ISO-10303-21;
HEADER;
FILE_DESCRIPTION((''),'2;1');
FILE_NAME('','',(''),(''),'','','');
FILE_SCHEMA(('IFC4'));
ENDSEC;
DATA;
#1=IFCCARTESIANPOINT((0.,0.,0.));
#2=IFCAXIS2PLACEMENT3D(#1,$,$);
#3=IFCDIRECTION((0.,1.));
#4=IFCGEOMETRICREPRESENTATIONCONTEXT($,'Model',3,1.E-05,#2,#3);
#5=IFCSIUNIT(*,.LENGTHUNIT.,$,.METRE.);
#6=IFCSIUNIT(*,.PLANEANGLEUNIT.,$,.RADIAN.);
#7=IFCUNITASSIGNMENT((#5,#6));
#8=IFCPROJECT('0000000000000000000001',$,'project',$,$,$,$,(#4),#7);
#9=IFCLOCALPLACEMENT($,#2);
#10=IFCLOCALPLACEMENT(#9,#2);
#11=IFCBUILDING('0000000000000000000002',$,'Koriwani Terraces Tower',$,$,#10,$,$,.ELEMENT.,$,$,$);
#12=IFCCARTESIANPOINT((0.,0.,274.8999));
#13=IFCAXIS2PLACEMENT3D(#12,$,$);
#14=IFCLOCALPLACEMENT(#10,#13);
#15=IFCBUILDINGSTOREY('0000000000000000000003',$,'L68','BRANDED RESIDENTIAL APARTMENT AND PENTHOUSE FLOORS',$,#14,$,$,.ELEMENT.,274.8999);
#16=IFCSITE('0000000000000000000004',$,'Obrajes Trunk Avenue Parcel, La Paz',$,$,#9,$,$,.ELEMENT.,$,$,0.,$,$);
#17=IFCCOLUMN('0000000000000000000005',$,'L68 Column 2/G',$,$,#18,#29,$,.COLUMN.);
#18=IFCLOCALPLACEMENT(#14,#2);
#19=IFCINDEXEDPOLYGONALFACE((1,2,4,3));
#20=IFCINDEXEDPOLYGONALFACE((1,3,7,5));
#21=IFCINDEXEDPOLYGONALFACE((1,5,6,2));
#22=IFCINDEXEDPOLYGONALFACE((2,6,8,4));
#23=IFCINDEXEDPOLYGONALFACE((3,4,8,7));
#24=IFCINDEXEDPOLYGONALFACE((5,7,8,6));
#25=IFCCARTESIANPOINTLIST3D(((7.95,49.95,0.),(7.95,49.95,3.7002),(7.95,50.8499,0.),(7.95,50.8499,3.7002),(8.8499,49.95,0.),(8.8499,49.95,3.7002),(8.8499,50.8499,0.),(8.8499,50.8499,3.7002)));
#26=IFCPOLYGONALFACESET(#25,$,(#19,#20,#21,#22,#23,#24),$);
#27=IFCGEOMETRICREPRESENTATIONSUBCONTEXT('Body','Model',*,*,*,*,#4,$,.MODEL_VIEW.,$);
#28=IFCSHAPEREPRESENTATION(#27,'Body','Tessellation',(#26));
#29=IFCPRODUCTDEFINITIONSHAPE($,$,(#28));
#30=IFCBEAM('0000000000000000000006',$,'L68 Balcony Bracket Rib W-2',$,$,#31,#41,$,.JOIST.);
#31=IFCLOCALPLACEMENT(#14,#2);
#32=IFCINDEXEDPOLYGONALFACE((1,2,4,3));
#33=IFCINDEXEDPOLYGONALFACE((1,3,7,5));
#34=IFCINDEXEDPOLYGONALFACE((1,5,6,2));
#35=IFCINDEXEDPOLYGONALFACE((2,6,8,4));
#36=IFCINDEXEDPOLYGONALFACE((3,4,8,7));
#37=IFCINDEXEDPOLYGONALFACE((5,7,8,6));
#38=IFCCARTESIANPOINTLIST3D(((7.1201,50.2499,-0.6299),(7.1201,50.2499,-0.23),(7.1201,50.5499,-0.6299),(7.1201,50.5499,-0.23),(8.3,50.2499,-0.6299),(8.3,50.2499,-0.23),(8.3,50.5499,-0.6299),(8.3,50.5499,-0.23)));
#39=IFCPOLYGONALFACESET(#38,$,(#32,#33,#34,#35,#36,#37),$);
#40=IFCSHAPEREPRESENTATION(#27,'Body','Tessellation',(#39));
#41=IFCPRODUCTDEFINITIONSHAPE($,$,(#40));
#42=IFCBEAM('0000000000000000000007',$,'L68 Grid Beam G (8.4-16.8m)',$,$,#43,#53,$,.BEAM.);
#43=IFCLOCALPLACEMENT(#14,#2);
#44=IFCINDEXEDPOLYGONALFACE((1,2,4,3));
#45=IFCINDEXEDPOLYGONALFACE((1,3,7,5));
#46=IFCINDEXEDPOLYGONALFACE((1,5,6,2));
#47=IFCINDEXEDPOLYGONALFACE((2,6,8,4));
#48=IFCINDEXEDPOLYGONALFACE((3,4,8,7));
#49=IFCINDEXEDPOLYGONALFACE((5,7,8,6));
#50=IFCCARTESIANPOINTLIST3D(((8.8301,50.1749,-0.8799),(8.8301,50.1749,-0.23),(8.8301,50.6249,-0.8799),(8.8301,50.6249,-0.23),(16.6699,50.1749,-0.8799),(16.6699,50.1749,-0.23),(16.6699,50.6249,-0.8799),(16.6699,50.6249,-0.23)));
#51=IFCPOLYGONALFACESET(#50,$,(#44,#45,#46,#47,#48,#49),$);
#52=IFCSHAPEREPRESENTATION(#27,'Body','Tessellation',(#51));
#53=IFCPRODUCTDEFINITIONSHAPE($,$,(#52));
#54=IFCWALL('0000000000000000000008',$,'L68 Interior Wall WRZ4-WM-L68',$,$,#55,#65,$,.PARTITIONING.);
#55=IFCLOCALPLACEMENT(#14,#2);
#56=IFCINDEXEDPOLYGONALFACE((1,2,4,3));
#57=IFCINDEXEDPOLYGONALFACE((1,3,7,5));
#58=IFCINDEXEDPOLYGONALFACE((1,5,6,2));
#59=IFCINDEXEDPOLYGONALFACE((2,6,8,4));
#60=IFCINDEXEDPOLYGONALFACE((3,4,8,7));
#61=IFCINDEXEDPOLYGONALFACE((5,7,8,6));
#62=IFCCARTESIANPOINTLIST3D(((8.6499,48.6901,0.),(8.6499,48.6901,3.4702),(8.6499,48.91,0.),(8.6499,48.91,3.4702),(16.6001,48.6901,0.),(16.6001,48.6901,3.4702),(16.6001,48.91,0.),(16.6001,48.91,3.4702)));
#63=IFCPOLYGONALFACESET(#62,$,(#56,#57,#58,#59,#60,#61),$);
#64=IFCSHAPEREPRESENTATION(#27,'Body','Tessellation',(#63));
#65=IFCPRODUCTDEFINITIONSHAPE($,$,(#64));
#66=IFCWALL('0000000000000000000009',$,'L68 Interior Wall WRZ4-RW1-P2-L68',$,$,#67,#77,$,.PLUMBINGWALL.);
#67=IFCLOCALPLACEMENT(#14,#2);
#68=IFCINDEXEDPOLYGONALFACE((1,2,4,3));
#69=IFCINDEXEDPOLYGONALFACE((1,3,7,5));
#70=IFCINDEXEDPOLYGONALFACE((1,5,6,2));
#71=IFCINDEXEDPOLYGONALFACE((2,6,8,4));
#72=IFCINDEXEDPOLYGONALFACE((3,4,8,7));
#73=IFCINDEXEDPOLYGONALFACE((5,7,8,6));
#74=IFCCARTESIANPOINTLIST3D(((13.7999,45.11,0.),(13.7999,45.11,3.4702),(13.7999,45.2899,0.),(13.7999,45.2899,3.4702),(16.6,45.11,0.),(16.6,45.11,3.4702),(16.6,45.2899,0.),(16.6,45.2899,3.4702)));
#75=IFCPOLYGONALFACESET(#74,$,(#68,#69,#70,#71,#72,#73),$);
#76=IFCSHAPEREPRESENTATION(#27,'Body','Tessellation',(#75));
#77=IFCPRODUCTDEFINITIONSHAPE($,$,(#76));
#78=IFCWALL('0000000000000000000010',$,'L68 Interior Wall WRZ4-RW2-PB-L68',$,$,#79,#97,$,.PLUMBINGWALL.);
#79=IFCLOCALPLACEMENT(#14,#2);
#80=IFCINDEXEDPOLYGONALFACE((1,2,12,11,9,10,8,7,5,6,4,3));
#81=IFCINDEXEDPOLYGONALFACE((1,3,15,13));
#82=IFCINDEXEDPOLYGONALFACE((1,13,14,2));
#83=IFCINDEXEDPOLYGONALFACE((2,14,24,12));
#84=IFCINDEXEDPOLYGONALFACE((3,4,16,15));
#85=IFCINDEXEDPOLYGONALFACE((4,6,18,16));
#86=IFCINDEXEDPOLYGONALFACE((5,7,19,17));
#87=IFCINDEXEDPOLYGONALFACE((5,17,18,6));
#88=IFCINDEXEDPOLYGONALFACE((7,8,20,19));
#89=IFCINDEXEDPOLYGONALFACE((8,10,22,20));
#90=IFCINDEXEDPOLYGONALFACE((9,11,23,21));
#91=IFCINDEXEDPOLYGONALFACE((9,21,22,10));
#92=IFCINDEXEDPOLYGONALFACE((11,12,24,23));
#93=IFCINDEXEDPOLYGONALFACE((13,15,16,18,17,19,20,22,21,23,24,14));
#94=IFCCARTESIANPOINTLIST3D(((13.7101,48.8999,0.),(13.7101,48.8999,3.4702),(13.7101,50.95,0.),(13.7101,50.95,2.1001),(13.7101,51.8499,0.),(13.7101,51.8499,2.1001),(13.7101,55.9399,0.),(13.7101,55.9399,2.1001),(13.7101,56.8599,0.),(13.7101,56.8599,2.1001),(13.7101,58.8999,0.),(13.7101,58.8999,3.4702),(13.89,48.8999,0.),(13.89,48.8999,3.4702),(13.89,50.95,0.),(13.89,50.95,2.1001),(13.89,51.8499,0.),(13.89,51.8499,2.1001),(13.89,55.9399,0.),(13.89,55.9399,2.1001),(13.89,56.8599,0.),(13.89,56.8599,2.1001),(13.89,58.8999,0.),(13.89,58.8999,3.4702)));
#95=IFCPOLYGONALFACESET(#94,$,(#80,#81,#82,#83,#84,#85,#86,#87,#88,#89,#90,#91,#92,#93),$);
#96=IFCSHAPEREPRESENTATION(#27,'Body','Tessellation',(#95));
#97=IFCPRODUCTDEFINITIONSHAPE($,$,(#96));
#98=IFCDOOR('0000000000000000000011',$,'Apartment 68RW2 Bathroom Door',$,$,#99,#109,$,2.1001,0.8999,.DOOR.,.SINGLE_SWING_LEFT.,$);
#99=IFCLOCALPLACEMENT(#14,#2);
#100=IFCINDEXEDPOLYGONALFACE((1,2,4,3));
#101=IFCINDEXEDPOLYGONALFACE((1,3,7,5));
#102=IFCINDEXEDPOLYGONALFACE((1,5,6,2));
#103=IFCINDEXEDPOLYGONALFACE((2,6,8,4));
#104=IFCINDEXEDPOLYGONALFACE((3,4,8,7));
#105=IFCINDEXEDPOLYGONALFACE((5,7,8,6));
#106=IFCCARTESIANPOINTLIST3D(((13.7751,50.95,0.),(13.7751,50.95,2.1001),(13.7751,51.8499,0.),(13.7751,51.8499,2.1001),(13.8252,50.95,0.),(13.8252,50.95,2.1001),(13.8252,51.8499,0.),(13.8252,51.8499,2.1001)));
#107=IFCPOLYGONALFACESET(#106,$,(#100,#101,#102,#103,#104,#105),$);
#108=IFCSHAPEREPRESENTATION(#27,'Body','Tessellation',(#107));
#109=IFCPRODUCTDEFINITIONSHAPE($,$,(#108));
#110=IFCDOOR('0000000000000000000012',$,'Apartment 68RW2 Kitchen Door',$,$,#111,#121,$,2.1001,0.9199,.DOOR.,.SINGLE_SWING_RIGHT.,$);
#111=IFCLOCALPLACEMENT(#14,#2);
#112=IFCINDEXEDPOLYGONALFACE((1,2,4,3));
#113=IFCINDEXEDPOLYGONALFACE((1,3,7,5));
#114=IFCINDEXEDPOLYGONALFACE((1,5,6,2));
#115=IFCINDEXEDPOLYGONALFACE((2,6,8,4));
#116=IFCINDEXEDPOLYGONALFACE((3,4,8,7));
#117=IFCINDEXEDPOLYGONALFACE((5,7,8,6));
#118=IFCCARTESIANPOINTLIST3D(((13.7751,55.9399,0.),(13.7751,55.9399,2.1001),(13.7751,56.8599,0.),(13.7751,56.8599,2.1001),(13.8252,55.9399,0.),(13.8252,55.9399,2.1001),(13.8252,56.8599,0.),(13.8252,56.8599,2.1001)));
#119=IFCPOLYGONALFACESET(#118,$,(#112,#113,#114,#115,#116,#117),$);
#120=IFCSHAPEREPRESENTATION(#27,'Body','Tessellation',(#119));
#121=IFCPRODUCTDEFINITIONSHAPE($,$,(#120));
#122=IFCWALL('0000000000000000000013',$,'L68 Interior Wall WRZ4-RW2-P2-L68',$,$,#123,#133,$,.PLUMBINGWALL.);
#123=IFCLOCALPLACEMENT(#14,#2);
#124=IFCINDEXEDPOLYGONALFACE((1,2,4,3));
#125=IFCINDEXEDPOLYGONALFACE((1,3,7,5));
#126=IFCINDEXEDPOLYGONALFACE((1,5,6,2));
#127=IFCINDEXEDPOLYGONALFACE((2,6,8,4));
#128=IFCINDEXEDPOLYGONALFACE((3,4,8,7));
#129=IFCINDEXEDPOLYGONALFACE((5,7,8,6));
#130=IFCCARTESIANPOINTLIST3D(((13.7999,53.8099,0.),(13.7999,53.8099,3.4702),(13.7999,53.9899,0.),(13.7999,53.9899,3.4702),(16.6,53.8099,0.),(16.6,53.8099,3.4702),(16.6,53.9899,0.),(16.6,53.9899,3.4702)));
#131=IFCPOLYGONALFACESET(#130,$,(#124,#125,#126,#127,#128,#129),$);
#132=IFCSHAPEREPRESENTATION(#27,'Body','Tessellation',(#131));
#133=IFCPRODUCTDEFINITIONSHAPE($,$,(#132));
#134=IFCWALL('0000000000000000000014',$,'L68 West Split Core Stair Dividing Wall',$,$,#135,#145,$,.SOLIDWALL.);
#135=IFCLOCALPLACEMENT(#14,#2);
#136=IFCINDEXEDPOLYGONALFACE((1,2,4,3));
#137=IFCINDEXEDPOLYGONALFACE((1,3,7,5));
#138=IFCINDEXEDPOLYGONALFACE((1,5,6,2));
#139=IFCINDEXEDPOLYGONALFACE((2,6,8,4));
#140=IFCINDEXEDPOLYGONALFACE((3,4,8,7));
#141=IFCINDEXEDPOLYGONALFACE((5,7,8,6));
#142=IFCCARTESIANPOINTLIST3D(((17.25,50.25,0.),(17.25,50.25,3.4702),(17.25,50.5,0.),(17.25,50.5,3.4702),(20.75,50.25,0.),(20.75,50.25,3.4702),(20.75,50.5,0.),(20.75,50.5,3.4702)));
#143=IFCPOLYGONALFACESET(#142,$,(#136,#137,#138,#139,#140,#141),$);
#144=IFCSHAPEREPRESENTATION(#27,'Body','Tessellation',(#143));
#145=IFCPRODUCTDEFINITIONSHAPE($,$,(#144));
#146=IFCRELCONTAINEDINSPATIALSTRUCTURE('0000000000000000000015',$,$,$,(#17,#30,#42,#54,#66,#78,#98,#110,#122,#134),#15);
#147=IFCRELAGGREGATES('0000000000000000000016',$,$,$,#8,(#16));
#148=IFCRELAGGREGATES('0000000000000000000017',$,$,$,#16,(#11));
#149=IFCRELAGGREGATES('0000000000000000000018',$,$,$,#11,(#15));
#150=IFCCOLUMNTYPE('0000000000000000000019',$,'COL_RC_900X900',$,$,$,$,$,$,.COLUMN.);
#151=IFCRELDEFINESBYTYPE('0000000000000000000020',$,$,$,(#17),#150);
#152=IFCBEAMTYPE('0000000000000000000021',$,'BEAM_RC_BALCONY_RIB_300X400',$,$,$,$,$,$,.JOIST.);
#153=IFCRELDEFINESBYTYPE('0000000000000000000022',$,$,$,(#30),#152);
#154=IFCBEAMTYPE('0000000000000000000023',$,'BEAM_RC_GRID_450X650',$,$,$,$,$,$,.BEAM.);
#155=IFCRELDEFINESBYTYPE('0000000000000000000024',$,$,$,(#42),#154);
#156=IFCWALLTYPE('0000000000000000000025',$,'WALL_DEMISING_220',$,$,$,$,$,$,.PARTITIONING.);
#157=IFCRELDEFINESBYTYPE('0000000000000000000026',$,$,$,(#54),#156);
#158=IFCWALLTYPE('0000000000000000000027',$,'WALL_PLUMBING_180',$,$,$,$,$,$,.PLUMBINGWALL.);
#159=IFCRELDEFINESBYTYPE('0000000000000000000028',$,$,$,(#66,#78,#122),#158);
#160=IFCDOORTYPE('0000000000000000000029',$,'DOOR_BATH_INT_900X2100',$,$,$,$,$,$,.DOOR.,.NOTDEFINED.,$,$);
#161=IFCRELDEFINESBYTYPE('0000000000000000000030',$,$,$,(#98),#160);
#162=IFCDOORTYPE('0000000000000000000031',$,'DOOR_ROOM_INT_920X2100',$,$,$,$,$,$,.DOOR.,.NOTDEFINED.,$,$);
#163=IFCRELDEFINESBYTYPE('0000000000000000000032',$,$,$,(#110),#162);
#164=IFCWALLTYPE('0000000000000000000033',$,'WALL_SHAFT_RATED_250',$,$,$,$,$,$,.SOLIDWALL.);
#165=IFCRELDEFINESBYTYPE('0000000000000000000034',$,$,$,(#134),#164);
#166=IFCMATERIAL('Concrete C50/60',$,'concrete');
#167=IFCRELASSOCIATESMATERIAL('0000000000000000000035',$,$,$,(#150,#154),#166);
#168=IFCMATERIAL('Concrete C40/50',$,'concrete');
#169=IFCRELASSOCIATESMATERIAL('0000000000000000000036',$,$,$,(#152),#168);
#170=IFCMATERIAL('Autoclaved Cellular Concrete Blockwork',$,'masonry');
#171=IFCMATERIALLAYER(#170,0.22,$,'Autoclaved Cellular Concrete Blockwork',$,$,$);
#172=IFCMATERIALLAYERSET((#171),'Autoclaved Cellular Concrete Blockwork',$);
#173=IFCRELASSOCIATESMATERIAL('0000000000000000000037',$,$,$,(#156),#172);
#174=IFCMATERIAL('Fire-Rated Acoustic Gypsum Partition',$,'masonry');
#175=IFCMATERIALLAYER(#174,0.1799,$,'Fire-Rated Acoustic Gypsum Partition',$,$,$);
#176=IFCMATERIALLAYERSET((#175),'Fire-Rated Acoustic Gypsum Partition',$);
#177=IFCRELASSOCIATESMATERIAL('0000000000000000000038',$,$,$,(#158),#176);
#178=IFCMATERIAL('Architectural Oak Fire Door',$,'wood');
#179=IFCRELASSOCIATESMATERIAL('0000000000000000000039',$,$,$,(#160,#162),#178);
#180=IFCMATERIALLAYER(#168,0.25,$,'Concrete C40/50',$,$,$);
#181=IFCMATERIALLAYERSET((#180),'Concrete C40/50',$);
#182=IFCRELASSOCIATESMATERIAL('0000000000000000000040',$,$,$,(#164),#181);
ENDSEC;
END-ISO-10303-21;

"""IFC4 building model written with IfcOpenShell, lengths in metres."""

from ifc_helpers import new_model, si_unit, direction, frame, frame_2d, origin, origin_2d, place, context, subcontext, project, spatial, rectangle, extrude, material, layer, layer_set, material_profile, profile_set, type_object, element, fill, save


model = new_model("IFC4")

# Units and contexts
model_context = context("Model", 3, precision=1e-05, world=origin(), true_north=direction((0.0, 1.0)))
body_context = subcontext(model_context, "Body", "Model", "MODEL_VIEW")
ifc_project = project(units=[si_unit("LENGTHUNIT", "METRE"), si_unit("PLANEANGLEUNIT", "RADIAN")], contexts=[model_context])

# Site, building, storey
site_placement = place(None, origin())
site = spatial("IfcSite", under=ifc_project, at=site_placement, Name="Obrajes Trunk Avenue Parcel, La Paz", CompositionType="ELEMENT", RefElevation=0.0)
building_placement = place(site_placement, origin())
building = spatial("IfcBuilding", under=site, at=building_placement, Name="Koriwani Terraces Tower", CompositionType="ELEMENT")
storey_placement = place(building_placement, frame((0.0, 0.0, 274.8999)))
storey = spatial("IfcBuildingStorey", under=building, at=storey_placement, Name="L68", Description="BRANDED RESIDENTIAL APARTMENT AND PENTHOUSE FLOORS", CompositionType="ELEMENT", Elevation=274.8999)

# Column
ifc_material_1 = material(Name="Concrete C50/60", Category="concrete")
ifc_material_profile_1 = material_profile(ifc_material_1, rectangle(XDim=0.8999, YDim=0.8999, at=origin_2d()), Name="Concrete C50/60", Category="LoadBearing")
ifc_profile_set_1 = profile_set([ifc_material_profile_1], Name="Concrete C50/60")
column_type = type_object("IfcColumnType", Name="COL_RC_900X900", PredefinedType="COLUMN", material=ifc_profile_set_1)
column_placement = place(storey_placement, frame((8.3999, 50.3999, 0.0), z_axis=(0.0, 0.0, 1.0), x_axis=(1.0, 0.0, 0.0)))
element("IfcColumn", 1, at=column_placement, inside=storey, type_object=column_type, Name="L68 Column 2/G", PredefinedType="COLUMN", context=body_context, shape_type="SweptSolid", body=[
    extrude(rectangle(XDim=0.8999, YDim=0.8999, at=origin_2d()), origin(), (0.0, 0.0, 1.0), 3.7002),
])

# Beams
ifc_material_2 = material(Name="Concrete C40/50", Category="concrete")
ifc_material_profile_2 = material_profile(ifc_material_2, rectangle(XDim=0.3, YDim=0.3999, at=origin_2d()), Name="Concrete C40/50", Category="LoadBearing")
ifc_profile_set_2 = profile_set([ifc_material_profile_2], Name="Concrete C40/50")
beam_type_1 = type_object("IfcBeamType", Name="BEAM_RC_BALCONY_RIB_300X400", PredefinedType="JOIST", material=ifc_profile_set_2)
beam_1_placement = place(storey_placement, frame((7.1201, 50.3999, -0.4299), z_axis=(1.0, 0.0, 0.0), x_axis=(0.0, 1.0, 0.0)))
element("IfcBeam", 2, at=beam_1_placement, inside=storey, type_object=beam_type_1, Name="L68 Balcony Bracket Rib W-2", PredefinedType="JOIST", context=body_context, shape_type="SweptSolid", body=[
    extrude(rectangle(XDim=0.3, YDim=0.3999, at=origin_2d()), origin(), (0.0, 0.0, 1.0), 1.1799),
])
ifc_material_profile_3 = material_profile(ifc_material_1, rectangle(XDim=0.45, YDim=0.6499, at=origin_2d()), Name="Concrete C50/60", Category="LoadBearing")
ifc_profile_set_3 = profile_set([ifc_material_profile_3], Name="Concrete C50/60")
beam_type_2 = type_object("IfcBeamType", Name="BEAM_RC_GRID_450X650", PredefinedType="BEAM", material=ifc_profile_set_3)
beam_2_placement = place(storey_placement, frame((8.8301, 50.3999, -0.5549), z_axis=(1.0, 0.0, 0.0), x_axis=(0.0, 1.0, 0.0)))
element("IfcBeam", 3, at=beam_2_placement, inside=storey, type_object=beam_type_2, Name="L68 Grid Beam G (8.4-16.8m)", PredefinedType="BEAM", context=body_context, shape_type="SweptSolid", body=[
    extrude(rectangle(XDim=0.45, YDim=0.6499, at=origin_2d()), origin(), (0.0, 0.0, 1.0), 7.8398),
])

# Walls
ifc_material_3 = material(Name="Autoclaved Cellular Concrete Blockwork", Category="masonry")
ifc_layer_1 = layer(ifc_material_3, 0.22, Name="Autoclaved Cellular Concrete Blockwork")
ifc_layer_set_1 = layer_set([ifc_layer_1], Name="Autoclaved Cellular Concrete Blockwork")
wall_type_1 = type_object("IfcWallType", Name="WALL_DEMISING_220", PredefinedType="PARTITIONING", material=ifc_layer_set_1)
wall_1_placement = place(storey_placement, frame((8.6499, 48.8, 0.0), z_axis=(0.0, 0.0, 1.0), x_axis=(1.0, 0.0, 0.0)))
element("IfcWall", 4, at=wall_1_placement, inside=storey, type_object=wall_type_1, Name="L68 Interior Wall WRZ4-WM-L68", PredefinedType="PARTITIONING", context=body_context, shape_type="SweptSolid", body=[
    extrude(rectangle(XDim=7.9502, YDim=0.22, at=frame_2d((3.9751, 0.0))), origin(), (0.0, 0.0, 1.0), 3.4702),
])
ifc_material_4 = material(Name="Fire-Rated Acoustic Gypsum Partition", Category="masonry")
ifc_layer_2 = layer(ifc_material_4, 0.1799, Name="Fire-Rated Acoustic Gypsum Partition")
ifc_layer_set_2 = layer_set([ifc_layer_2], Name="Fire-Rated Acoustic Gypsum Partition")
wall_type_2 = type_object("IfcWallType", Name="WALL_PLUMBING_180", PredefinedType="PLUMBINGWALL", material=ifc_layer_set_2)
wall_2_placement = place(storey_placement, frame((13.8, 45.2, 0.0), z_axis=(0.0, 0.0, 1.0), x_axis=(1.0, 0.0, 0.0)))
element("IfcWall", 5, at=wall_2_placement, inside=storey, type_object=wall_type_2, Name="L68 Interior Wall WRZ4-RW1-P2-L68", PredefinedType="PLUMBINGWALL", context=body_context, shape_type="SweptSolid", body=[
    extrude(rectangle(XDim=2.8, YDim=0.1799, at=frame_2d((1.3999, 0.0))), origin(), (0.0, 0.0, 1.0), 3.4702),
])

# Wall, openings, doors
wall_3_placement = place(storey_placement, frame((13.8, 48.8999, 0.0), z_axis=(0.0, 0.0, 1.0), x_axis=(0.0, 1.0, 0.0)))
wall_3 = element("IfcWall", 6, at=wall_3_placement, inside=storey, type_object=wall_type_2, Name="L68 Interior Wall WRZ4-RW2-PB-L68", PredefinedType="PLUMBINGWALL", context=body_context, shape_type="SweptSolid", body=[
    extrude(rectangle(XDim=10.0, YDim=0.1799, at=frame_2d((5.0, 0.0))), origin(), (0.0, 0.0, 1.0), 3.4702),
])
opening_1_placement = place(wall_3_placement, frame((2.05, 0.0, 0.0)))
opening_1 = element("IfcOpeningElement", 7, at=opening_1_placement, cuts=wall_3, PredefinedType="OPENING", context=body_context, shape_type="SweptSolid", body=[
    extrude(rectangle(XDim=0.8999, YDim=2.1001, at=frame_2d((0.45, 1.05))), frame((0.0, 0.1001, 0.0), z_axis=(0.0, -1.0, 0.0), x_axis=(1.0, 0.0, 0.0)), (0.0, 0.0, 1.0), 0.2),
])
opening_2_placement = place(wall_3_placement, frame((7.04, 0.0, 0.0)))
opening_2 = element("IfcOpeningElement", 8, at=opening_2_placement, cuts=wall_3, PredefinedType="OPENING", context=body_context, shape_type="SweptSolid", body=[
    extrude(rectangle(XDim=0.9199, YDim=2.1001, at=frame_2d((0.46, 1.05))), frame((0.0, 0.1001, 0.0), z_axis=(0.0, -1.0, 0.0), x_axis=(1.0, 0.0, 0.0)), (0.0, 0.0, 1.0), 0.2),
])
ifc_material_5 = material(Name="Architectural Oak Fire Door", Category="wood")
door_type_1 = type_object("IfcDoorType", Name="DOOR_BATH_INT_900X2100", OperationType="NOTDEFINED", PredefinedType="DOOR", material=ifc_material_5)
door_1_placement = place(opening_1_placement, origin())
door_1 = element("IfcDoor", 9, at=door_1_placement, inside=storey, type_object=door_type_1, Name="Apartment 68RW2 Bathroom Door", OperationType="SINGLE_SWING_LEFT", OverallHeight=2.1001, OverallWidth=0.8999, PredefinedType="DOOR", context=body_context, shape_type="SweptSolid", body=[
    extrude(rectangle(XDim=0.8999, YDim=2.1001, at=frame_2d((0.45, 1.05))), frame((0.0, 0.0249, 0.0), z_axis=(0.0, -1.0, 0.0), x_axis=(1.0, 0.0, 0.0)), (0.0, 0.0, 1.0), 0.05),
])
fill(opening_1, door_1)
door_type_2 = type_object("IfcDoorType", Name="DOOR_ROOM_INT_920X2100", OperationType="NOTDEFINED", PredefinedType="DOOR", material=ifc_material_5)
door_2_placement = place(opening_2_placement, origin())
door_2 = element("IfcDoor", 10, at=door_2_placement, inside=storey, type_object=door_type_2, Name="Apartment 68RW2 Kitchen Door", OperationType="SINGLE_SWING_RIGHT", OverallHeight=2.1001, OverallWidth=0.9199, PredefinedType="DOOR", context=body_context, shape_type="SweptSolid", body=[
    extrude(rectangle(XDim=0.9199, YDim=2.1001, at=frame_2d((0.46, 1.05))), frame((0.0, 0.0249, 0.0), z_axis=(0.0, -1.0, 0.0), x_axis=(1.0, 0.0, 0.0)), (0.0, 0.0, 1.0), 0.05),
])
fill(opening_2, door_2)

# Walls
wall_4_placement = place(storey_placement, frame((13.8, 53.8999, 0.0), z_axis=(0.0, 0.0, 1.0), x_axis=(1.0, 0.0, 0.0)))
element("IfcWall", 11, at=wall_4_placement, inside=storey, type_object=wall_type_2, Name="L68 Interior Wall WRZ4-RW2-P2-L68", PredefinedType="PLUMBINGWALL", context=body_context, shape_type="SweptSolid", body=[
    extrude(rectangle(XDim=2.8, YDim=0.1799, at=frame_2d((1.3999, 0.0))), origin(), (0.0, 0.0, 1.0), 3.4702),
])
ifc_layer_3 = layer(ifc_material_2, 0.25, Name="Concrete C40/50")
ifc_layer_set_3 = layer_set([ifc_layer_3], Name="Concrete C40/50")
wall_type_3 = type_object("IfcWallType", Name="WALL_SHAFT_RATED_250", PredefinedType="SOLIDWALL", material=ifc_layer_set_3)
wall_5_placement = place(storey_placement, frame((17.25, 50.375, 0.0), z_axis=(0.0, 0.0, 1.0), x_axis=(1.0, 0.0, 0.0)))
element("IfcWall", 12, at=wall_5_placement, inside=storey, type_object=wall_type_3, Name="L68 West Split Core Stair Dividing Wall", PredefinedType="SOLIDWALL", context=body_context, shape_type="SweptSolid", body=[
    extrude(rectangle(XDim=3.5, YDim=0.25, at=frame_2d((1.75, 0.0))), origin(), (0.0, 0.0, 1.0), 3.4702),
])

save(model, "model.ifc")
